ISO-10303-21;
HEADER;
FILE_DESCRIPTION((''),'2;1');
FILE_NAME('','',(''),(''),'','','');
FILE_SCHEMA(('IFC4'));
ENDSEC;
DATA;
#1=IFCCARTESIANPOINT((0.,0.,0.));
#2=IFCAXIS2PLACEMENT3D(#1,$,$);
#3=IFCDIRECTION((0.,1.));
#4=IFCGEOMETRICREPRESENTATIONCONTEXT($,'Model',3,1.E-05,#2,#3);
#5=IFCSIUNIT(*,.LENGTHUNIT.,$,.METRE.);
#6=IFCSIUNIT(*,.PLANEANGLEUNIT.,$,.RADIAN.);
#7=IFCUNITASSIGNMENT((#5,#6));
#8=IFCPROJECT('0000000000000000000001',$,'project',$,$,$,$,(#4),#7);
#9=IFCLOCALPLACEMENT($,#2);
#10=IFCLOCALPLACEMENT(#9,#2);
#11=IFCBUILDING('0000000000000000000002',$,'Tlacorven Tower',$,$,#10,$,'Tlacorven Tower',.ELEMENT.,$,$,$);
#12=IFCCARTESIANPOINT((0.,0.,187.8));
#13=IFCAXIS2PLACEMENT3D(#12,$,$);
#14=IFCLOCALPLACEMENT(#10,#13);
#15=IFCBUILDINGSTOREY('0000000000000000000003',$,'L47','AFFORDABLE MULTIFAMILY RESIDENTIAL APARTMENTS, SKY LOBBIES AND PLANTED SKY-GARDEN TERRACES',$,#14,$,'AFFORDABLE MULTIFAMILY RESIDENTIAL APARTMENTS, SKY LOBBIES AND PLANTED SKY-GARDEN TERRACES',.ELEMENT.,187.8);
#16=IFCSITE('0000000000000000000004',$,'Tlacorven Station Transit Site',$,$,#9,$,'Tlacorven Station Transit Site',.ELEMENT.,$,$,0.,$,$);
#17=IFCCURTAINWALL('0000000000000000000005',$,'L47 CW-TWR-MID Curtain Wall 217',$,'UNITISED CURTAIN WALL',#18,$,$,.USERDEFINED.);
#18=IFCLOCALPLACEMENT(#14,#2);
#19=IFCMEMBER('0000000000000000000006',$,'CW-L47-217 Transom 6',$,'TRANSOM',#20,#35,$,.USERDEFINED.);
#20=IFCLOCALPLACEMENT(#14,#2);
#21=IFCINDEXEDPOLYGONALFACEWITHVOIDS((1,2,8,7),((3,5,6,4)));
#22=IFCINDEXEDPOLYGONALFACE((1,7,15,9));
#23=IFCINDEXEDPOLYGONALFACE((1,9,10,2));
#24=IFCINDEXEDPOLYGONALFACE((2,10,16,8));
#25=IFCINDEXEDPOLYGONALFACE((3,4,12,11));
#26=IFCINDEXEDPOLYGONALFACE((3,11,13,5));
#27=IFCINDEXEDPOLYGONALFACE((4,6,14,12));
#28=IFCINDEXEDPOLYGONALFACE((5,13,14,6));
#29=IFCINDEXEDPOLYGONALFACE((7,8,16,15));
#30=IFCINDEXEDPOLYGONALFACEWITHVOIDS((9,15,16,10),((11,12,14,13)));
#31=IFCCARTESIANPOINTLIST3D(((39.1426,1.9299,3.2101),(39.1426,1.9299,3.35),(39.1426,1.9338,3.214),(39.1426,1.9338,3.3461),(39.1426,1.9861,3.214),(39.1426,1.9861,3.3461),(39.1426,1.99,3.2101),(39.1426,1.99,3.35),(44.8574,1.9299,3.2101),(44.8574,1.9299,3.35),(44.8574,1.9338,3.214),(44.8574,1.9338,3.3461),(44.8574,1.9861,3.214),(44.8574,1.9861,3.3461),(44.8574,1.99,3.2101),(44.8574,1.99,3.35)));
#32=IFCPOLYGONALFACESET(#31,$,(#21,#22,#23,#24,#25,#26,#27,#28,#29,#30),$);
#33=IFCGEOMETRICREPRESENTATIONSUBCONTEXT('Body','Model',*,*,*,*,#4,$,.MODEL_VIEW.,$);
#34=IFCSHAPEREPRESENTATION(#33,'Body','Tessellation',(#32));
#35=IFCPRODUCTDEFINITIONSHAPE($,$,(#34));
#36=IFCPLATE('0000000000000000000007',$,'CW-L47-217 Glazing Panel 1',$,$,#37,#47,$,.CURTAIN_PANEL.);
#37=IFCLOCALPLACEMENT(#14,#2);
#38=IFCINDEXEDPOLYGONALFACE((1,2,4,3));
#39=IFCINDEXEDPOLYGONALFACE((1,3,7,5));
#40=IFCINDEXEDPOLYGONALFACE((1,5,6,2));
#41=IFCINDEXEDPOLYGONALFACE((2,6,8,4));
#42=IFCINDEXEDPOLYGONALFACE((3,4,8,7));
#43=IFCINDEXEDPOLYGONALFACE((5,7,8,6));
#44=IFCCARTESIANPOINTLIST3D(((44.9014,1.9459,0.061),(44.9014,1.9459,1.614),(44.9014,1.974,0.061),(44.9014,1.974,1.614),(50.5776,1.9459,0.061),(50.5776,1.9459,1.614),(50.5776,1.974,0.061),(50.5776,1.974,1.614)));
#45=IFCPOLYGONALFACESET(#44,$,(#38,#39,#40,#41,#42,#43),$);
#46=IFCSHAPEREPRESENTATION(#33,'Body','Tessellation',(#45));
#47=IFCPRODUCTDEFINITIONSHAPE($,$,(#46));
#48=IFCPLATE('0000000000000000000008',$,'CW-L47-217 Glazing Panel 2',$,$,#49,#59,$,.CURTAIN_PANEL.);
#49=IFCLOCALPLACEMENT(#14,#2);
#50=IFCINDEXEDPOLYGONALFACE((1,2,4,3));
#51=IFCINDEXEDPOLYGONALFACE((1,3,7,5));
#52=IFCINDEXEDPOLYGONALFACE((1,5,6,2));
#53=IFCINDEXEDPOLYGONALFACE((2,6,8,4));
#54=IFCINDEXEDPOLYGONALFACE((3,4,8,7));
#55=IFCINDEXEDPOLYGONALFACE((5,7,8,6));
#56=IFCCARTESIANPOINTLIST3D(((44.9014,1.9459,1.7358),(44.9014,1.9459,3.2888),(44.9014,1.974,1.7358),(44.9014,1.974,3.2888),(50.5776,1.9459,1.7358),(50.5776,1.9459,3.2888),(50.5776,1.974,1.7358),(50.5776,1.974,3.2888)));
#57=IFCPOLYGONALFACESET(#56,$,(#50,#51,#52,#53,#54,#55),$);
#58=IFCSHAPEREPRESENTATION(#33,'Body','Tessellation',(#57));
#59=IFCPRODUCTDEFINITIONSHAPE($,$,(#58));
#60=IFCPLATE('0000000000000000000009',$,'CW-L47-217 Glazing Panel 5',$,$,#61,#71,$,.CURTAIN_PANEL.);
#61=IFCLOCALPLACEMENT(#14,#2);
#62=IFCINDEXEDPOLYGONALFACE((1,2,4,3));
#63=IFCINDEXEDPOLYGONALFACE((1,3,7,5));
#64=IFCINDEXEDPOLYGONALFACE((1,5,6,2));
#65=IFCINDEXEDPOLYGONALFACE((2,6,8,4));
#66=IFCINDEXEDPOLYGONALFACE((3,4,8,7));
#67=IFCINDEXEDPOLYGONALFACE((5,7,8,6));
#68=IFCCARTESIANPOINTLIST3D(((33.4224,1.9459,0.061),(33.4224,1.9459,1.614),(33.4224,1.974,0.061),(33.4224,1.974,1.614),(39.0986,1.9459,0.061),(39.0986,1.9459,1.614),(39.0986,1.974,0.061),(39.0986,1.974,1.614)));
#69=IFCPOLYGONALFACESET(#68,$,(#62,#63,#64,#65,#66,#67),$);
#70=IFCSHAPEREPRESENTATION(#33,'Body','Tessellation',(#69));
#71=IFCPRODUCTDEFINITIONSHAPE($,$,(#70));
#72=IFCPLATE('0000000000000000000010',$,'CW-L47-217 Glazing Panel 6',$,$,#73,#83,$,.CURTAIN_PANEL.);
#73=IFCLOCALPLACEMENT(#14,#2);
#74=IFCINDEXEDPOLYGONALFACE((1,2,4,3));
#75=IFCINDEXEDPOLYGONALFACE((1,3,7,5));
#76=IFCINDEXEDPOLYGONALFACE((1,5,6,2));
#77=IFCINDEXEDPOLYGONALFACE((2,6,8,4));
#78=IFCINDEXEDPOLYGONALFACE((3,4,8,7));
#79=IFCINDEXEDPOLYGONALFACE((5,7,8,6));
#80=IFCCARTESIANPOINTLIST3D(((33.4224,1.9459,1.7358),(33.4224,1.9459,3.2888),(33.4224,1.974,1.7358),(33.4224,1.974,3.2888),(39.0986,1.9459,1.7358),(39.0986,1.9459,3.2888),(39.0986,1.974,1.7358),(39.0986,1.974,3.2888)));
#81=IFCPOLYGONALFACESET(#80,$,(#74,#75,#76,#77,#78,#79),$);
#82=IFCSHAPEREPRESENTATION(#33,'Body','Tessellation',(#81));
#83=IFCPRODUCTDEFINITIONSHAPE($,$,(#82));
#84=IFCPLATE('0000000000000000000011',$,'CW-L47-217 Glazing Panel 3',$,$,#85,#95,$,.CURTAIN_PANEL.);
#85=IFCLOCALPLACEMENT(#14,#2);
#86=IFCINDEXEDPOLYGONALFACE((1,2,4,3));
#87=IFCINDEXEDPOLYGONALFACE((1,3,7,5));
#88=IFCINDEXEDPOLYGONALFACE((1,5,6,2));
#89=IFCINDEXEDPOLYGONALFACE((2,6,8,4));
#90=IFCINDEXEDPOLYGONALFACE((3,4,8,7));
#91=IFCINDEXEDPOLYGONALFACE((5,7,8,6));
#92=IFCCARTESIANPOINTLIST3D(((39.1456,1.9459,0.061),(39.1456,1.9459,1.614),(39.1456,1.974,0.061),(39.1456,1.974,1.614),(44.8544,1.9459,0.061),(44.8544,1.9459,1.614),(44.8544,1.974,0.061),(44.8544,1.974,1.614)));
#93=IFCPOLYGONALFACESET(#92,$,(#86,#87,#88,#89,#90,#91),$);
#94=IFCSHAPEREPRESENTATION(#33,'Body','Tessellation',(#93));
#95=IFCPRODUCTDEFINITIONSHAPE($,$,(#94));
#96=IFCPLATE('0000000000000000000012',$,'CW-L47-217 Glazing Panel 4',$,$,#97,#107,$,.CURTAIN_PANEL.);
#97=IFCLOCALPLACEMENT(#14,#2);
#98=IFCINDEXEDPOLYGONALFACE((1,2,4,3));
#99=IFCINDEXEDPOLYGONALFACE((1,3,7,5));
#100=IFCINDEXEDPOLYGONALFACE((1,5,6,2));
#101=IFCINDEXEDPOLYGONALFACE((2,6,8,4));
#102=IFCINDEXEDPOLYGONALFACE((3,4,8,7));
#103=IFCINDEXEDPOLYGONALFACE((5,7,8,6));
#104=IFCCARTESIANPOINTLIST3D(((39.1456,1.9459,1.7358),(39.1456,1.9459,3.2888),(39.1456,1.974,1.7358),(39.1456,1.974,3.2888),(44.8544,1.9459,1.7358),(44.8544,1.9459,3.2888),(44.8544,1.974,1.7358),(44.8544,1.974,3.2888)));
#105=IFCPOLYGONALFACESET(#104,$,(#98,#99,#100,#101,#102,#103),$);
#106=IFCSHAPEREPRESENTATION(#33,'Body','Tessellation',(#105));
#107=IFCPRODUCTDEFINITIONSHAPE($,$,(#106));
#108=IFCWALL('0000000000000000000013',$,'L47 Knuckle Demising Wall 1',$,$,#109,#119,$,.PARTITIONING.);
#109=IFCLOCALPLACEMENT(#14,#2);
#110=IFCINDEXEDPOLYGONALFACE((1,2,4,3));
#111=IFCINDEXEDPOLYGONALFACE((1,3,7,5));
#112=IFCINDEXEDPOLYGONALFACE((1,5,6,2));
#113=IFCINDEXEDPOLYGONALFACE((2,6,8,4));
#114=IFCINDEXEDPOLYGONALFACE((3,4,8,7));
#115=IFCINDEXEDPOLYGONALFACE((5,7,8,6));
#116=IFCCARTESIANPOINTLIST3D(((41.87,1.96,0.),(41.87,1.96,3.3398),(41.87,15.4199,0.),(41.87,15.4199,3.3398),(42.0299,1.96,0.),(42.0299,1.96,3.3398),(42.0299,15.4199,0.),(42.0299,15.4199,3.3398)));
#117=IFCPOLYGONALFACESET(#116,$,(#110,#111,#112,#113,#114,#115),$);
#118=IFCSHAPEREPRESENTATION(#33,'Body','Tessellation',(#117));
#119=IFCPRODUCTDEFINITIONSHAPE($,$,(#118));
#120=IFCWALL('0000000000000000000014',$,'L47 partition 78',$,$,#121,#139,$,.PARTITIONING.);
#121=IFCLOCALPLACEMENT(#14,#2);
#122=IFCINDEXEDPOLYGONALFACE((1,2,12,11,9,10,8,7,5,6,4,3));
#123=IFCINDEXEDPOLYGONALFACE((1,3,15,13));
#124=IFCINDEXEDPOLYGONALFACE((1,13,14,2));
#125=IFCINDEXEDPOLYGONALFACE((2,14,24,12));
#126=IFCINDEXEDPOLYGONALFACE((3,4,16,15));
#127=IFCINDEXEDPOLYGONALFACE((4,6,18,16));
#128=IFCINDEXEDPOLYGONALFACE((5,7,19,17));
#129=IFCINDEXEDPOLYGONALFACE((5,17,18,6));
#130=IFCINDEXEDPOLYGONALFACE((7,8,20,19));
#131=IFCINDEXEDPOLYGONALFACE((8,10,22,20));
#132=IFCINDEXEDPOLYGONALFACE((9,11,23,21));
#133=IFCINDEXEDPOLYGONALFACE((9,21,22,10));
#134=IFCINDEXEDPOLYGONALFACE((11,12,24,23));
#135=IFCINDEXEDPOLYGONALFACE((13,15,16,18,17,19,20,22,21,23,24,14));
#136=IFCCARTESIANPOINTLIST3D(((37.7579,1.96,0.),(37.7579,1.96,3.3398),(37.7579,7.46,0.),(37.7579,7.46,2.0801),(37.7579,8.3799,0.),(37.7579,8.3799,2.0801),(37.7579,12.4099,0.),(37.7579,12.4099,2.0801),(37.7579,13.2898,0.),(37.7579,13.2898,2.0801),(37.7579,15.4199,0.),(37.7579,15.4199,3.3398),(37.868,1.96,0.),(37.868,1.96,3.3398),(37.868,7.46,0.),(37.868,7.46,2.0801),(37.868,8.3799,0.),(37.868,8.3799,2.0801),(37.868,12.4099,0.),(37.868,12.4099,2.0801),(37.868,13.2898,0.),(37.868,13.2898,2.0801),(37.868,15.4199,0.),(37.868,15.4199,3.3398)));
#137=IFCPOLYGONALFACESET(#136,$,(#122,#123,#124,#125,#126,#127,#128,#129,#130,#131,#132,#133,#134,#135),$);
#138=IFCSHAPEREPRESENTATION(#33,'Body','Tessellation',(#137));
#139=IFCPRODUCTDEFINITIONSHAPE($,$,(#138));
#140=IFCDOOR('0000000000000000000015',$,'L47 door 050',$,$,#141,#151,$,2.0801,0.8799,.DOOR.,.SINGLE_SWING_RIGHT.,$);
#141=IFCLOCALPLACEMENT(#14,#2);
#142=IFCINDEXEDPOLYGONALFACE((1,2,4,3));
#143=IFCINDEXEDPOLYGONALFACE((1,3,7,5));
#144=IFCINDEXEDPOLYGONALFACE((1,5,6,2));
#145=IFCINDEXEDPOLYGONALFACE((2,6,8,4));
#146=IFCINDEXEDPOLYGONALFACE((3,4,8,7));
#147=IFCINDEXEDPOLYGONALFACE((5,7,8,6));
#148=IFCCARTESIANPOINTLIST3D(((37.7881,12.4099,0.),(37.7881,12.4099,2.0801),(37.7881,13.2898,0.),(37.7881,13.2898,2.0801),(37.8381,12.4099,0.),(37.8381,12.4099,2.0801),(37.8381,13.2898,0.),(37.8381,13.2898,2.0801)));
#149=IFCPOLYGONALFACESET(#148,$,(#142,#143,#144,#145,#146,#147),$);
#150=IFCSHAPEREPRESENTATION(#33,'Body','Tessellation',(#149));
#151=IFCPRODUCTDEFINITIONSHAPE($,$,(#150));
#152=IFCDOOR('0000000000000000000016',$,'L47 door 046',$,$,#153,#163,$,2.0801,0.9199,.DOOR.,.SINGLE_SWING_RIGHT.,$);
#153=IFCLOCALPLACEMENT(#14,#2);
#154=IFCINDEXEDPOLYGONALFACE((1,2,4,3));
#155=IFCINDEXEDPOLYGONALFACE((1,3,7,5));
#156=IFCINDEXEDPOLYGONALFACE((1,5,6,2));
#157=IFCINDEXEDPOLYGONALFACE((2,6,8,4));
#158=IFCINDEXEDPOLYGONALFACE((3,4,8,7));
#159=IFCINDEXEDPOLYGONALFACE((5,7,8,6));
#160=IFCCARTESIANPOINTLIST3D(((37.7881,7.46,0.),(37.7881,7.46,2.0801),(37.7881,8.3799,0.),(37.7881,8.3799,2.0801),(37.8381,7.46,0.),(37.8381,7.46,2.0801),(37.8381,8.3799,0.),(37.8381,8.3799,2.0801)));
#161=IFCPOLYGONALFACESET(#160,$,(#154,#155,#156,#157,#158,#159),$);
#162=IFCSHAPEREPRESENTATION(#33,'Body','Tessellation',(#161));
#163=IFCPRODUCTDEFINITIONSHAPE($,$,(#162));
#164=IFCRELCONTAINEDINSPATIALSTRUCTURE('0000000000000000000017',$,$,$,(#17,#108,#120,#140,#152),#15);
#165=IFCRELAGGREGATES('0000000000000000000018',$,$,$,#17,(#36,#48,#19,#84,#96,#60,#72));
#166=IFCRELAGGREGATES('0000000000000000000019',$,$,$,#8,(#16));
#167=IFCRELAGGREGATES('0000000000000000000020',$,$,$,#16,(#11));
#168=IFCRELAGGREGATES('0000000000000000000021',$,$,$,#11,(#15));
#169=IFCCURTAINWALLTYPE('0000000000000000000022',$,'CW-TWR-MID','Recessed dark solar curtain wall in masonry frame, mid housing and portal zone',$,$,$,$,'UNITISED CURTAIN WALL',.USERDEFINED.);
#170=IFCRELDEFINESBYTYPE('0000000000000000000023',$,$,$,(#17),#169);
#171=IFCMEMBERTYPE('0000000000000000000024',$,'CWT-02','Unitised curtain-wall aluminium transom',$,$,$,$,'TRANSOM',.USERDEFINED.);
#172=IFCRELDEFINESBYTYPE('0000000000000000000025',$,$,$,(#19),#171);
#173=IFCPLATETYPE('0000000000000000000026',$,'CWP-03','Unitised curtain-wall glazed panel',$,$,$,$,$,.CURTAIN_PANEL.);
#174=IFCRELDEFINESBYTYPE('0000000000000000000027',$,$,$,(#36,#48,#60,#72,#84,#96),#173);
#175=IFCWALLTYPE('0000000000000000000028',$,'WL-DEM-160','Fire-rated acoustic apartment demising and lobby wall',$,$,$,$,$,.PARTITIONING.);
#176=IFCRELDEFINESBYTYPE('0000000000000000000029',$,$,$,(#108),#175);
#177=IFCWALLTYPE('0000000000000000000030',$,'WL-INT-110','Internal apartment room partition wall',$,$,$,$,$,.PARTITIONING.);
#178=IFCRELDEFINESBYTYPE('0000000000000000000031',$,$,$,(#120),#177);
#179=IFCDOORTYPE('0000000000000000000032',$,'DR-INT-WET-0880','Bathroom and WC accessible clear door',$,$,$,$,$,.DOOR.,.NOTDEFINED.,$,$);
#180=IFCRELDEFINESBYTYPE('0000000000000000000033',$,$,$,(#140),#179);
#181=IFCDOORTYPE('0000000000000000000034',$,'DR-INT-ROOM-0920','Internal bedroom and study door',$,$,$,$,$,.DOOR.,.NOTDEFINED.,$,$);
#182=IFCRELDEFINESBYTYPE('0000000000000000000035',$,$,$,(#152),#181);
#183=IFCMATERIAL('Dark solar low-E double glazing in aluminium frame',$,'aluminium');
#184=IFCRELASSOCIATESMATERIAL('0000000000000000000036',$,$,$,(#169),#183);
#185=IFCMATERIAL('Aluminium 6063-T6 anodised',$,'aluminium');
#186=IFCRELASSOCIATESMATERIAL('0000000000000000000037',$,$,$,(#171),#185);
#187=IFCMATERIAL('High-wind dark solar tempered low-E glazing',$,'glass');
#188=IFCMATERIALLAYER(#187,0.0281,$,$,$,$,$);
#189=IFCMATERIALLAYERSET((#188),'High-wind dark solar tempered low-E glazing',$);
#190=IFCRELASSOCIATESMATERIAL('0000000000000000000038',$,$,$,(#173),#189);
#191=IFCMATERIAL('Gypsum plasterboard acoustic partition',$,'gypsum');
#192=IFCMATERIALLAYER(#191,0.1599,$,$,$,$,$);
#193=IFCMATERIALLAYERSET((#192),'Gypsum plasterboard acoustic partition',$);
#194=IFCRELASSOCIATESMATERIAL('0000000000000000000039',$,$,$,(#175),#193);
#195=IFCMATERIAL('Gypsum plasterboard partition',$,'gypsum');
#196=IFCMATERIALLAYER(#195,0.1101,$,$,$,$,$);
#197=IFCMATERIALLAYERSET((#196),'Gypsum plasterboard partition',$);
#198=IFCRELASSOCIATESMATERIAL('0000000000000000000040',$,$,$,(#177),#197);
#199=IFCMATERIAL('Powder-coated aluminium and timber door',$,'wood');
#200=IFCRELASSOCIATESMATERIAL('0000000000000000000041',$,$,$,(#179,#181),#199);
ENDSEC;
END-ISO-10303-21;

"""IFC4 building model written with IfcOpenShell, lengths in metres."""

from ifc_helpers import new_model, si_unit, direction, frame, frame_2d, origin, origin_2d, place, context, subcontext, project, spatial, rectangle, hollow_rectangle, extrude, source, transform, mapped, material, layer, layer_set, material_profile, profile_set, type_object, element, fill, aggregate, save


model = new_model("IFC4")

# Units and contexts
model_context = context("Model", 3, precision=1e-05, world=origin(), true_north=direction((0.0, 1.0)))
body_context = subcontext(model_context, "Body", "Model", "MODEL_VIEW")
ifc_project = project(units=[si_unit("LENGTHUNIT", "METRE"), si_unit("PLANEANGLEUNIT", "RADIAN")], contexts=[model_context])

# Site, building, storey
site_placement = place(None, origin())
site = spatial("IfcSite", under=ifc_project, at=site_placement, Name="Tlacorven Station Transit Site", LongName="Tlacorven Station Transit Site", CompositionType="ELEMENT", RefElevation=0.0)
building_placement = place(site_placement, origin())
building = spatial("IfcBuilding", under=site, at=building_placement, Name="Tlacorven Tower", LongName="Tlacorven Tower", CompositionType="ELEMENT")
storey_placement = place(building_placement, frame((0.0, 0.0, 187.8)))
storey = spatial("IfcBuildingStorey", under=building, at=storey_placement, Name="L47", Description="AFFORDABLE MULTIFAMILY RESIDENTIAL APARTMENTS, SKY LOBBIES AND PLANTED SKY-GARDEN TERRACES", LongName="AFFORDABLE MULTIFAMILY RESIDENTIAL APARTMENTS, SKY LOBBIES AND PLANTED SKY-GARDEN TERRACES", CompositionType="ELEMENT", Elevation=187.8)

# Curtain wall, member, plates
ifc_material_1 = material(Name="Dark solar low-E double glazing in aluminium frame", Category="aluminium")
curtain_wall_type = type_object("IfcCurtainWallType", Name="CW-TWR-MID", Description="Recessed dark solar curtain wall in masonry frame, mid housing and portal zone", ElementType="UNITISED CURTAIN WALL", PredefinedType="USERDEFINED", material=ifc_material_1)
curtain_wall_placement = place(storey_placement, origin())
curtain_wall = element("IfcCurtainWall", 1, at=curtain_wall_placement, inside=storey, type_object=curtain_wall_type, Name="L47 CW-TWR-MID Curtain Wall 217", ObjectType="UNITISED CURTAIN WALL", PredefinedType="USERDEFINED")
ifc_material_2 = material(Name="Aluminium 6063-T6 anodised", Category="aluminium")
ifc_material_profile_1 = material_profile(ifc_material_2, hollow_rectangle(XDim=0.0601, YDim=0.1399, WallThickness=0.0039, at=origin_2d()), Name="ALU TRANSOM 60X140")
ifc_profile_set_1 = profile_set([ifc_material_profile_1], Name="Aluminium 6063-T6 anodised")
member_type_1 = type_object("IfcMemberType", Name="CWT-02", Description="Unitised curtain-wall aluminium transom", ElementType="TRANSOM", PredefinedType="USERDEFINED", material=ifc_profile_set_1)
shared_shape_1 = source(origin(), body_context, "Body", "SweptSolid", [
    extrude(hollow_rectangle(XDim=0.0601, YDim=0.1399, WallThickness=0.0039, at=origin_2d()), origin(), (0.0, 0.0, 1.0), 5.7148),
])
member_1_placement = place(storey_placement, frame((44.8574, 1.96, 3.28), z_axis=(-1.0, 0.0, 0.0), x_axis=(0.0, -1.0, 0.0)))
member_1 = element("IfcMember", 2, at=member_1_placement, type_object=member_type_1, Name="CW-L47-217 Transom 6", ObjectType="TRANSOM", PredefinedType="USERDEFINED", context=body_context, shape_type="MappedRepresentation", body=[
    mapped(shared_shape_1, transform((0.0, 0.0, 0.0), scale=1.0)),
])
ifc_material_3 = material(Name="High-wind dark solar tempered low-E glazing", Category="glass")
ifc_layer_1 = layer(ifc_material_3, 0.0281)
ifc_layer_set_1 = layer_set([ifc_layer_1], Name="High-wind dark solar tempered low-E glazing")
plate_type = type_object("IfcPlateType", Name="CWP-03", Description="Unitised curtain-wall glazed panel", PredefinedType="CURTAIN_PANEL", material=ifc_layer_set_1)
shared_shape_2 = source(origin(), body_context, "Body", "SweptSolid", [
    extrude(rectangle(XDim=5.6763, YDim=0.0281, at=origin_2d()), origin(), (0.0, 0.0, 1.0), 1.553),
])
plate_1_placement = place(storey_placement, frame((47.7395, 1.96, 0.061), z_axis=(0.0, 0.0, 1.0), x_axis=(-1.0, 0.0, 0.0)))
plate_1 = element("IfcPlate", 3, at=plate_1_placement, type_object=plate_type, Name="CW-L47-217 Glazing Panel 1", PredefinedType="CURTAIN_PANEL", context=body_context, shape_type="MappedRepresentation", body=[
    mapped(shared_shape_2, transform((0.0, 0.0, 0.0), scale=1.0)),
])
plate_2_placement = place(storey_placement, frame((47.7395, 1.96, 1.7358), z_axis=(0.0, 0.0, 1.0), x_axis=(-1.0, 0.0, 0.0)))
plate_2 = element("IfcPlate", 4, at=plate_2_placement, type_object=plate_type, Name="CW-L47-217 Glazing Panel 2", PredefinedType="CURTAIN_PANEL", context=body_context, shape_type="MappedRepresentation", body=[
    mapped(shared_shape_2, transform((0.0, 0.0, 0.0), scale=1.0)),
])
plate_3_placement = place(storey_placement, frame((36.2605, 1.96, 0.061), z_axis=(0.0, 0.0, 1.0), x_axis=(-1.0, 0.0, 0.0)))
plate_3 = element("IfcPlate", 5, at=plate_3_placement, type_object=plate_type, Name="CW-L47-217 Glazing Panel 5", PredefinedType="CURTAIN_PANEL", context=body_context, shape_type="MappedRepresentation", body=[
    mapped(shared_shape_2, transform((0.0, 0.0, 0.0), scale=1.0)),
])
plate_4_placement = place(storey_placement, frame((36.2605, 1.96, 1.7358), z_axis=(0.0, 0.0, 1.0), x_axis=(-1.0, 0.0, 0.0)))
plate_4 = element("IfcPlate", 6, at=plate_4_placement, type_object=plate_type, Name="CW-L47-217 Glazing Panel 6", PredefinedType="CURTAIN_PANEL", context=body_context, shape_type="MappedRepresentation", body=[
    mapped(shared_shape_2, transform((0.0, 0.0, 0.0), scale=1.0)),
])
shared_shape_3 = source(origin(), body_context, "Body", "SweptSolid", [
    extrude(rectangle(XDim=5.7087, YDim=0.0281, at=origin_2d()), origin(), (0.0, 0.0, 1.0), 1.553),
])
plate_5_placement = place(storey_placement, frame((42.0, 1.96, 0.061), z_axis=(0.0, 0.0, 1.0), x_axis=(-1.0, 0.0, 0.0)))
plate_5 = element("IfcPlate", 7, at=plate_5_placement, type_object=plate_type, Name="CW-L47-217 Glazing Panel 3", PredefinedType="CURTAIN_PANEL", context=body_context, shape_type="MappedRepresentation", body=[
    mapped(shared_shape_3, transform((0.0, 0.0, 0.0), scale=1.0)),
])
plate_6_placement = place(storey_placement, frame((42.0, 1.96, 1.7358), z_axis=(0.0, 0.0, 1.0), x_axis=(-1.0, 0.0, 0.0)))
plate_6 = element("IfcPlate", 8, at=plate_6_placement, type_object=plate_type, Name="CW-L47-217 Glazing Panel 4", PredefinedType="CURTAIN_PANEL", context=body_context, shape_type="MappedRepresentation", body=[
    mapped(shared_shape_3, transform((0.0, 0.0, 0.0), scale=1.0)),
])
aggregate(curtain_wall, [plate_1, plate_2, member_1, plate_5, plate_6, plate_3, plate_4])

# Wall
ifc_material_4 = material(Name="Gypsum plasterboard acoustic partition", Category="gypsum")
ifc_layer_2 = layer(ifc_material_4, 0.1599)
ifc_layer_set_2 = layer_set([ifc_layer_2], Name="Gypsum plasterboard acoustic partition")
wall_type_1 = type_object("IfcWallType", Name="WL-DEM-160", Description="Fire-rated acoustic apartment demising and lobby wall", PredefinedType="PARTITIONING", material=ifc_layer_set_2)
wall_1_placement = place(storey_placement, frame((41.95, 1.96, 0.0), z_axis=(0.0, 0.0, 1.0), x_axis=(0.0, 1.0, 0.0)))
element("IfcWall", 9, at=wall_1_placement, inside=storey, type_object=wall_type_1, Name="L47 Knuckle Demising Wall 1", PredefinedType="PARTITIONING", context=body_context, shape_type="SweptSolid", body=[
    extrude(rectangle(XDim=13.46, YDim=0.1599, at=frame_2d((6.73, 0.0))), origin(), (0.0, 0.0, 1.0), 3.3398),
])

# Wall, openings, doors
ifc_material_5 = material(Name="Gypsum plasterboard partition", Category="gypsum")
ifc_layer_3 = layer(ifc_material_5, 0.1101)
ifc_layer_set_3 = layer_set([ifc_layer_3], Name="Gypsum plasterboard partition")
wall_type_2 = type_object("IfcWallType", Name="WL-INT-110", Description="Internal apartment room partition wall", PredefinedType="PARTITIONING", material=ifc_layer_set_3)
wall_2_placement = place(storey_placement, frame((37.813, 1.96, 0.0), z_axis=(0.0, 0.0, 1.0), x_axis=(0.0, 1.0, 0.0)))
wall_2 = element("IfcWall", 10, at=wall_2_placement, inside=storey, type_object=wall_type_2, Name="L47 partition 78", PredefinedType="PARTITIONING", context=body_context, shape_type="SweptSolid", body=[
    extrude(rectangle(XDim=13.46, YDim=0.1101, at=frame_2d((6.73, 0.0))), origin(), (0.0, 0.0, 1.0), 3.3398),
])
opening_1_placement = place(wall_2_placement, frame((5.5, 0.0, 0.0)))
opening_1 = element("IfcOpeningElement", 11, at=opening_1_placement, cuts=wall_2, PredefinedType="OPENING", context=body_context, shape_type="SweptSolid", body=[
    extrude(rectangle(XDim=0.9199, YDim=2.0801, at=frame_2d((0.46, 1.04))), frame((0.0, 0.0649, 0.0), z_axis=(0.0, -1.0, 0.0), x_axis=(1.0, 0.0, 0.0)), (0.0, 0.0, 1.0), 0.1301),
])
opening_2_placement = place(wall_2_placement, frame((10.45, 0.0, 0.0)))
opening_2 = element("IfcOpeningElement", 12, at=opening_2_placement, cuts=wall_2, PredefinedType="OPENING", context=body_context, shape_type="SweptSolid", body=[
    extrude(rectangle(XDim=0.8799, YDim=2.0801, at=frame_2d((0.4399, 1.04))), frame((0.0, 0.0649, 0.0), z_axis=(0.0, -1.0, 0.0), x_axis=(1.0, 0.0, 0.0)), (0.0, 0.0, 1.0), 0.1301),
])
ifc_material_6 = material(Name="Powder-coated aluminium and timber door", Category="wood")
door_type_1 = type_object("IfcDoorType", Name="DR-INT-WET-0880", Description="Bathroom and WC accessible clear door", OperationType="NOTDEFINED", PredefinedType="DOOR", material=ifc_material_6)
shared_shape_4 = source(origin(), body_context, "Body", "SweptSolid", [
    extrude(rectangle(XDim=0.8799, YDim=2.0801, at=frame_2d((0.4399, 1.04))), frame((0.0, 0.0249, 0.0), z_axis=(0.0, -1.0, 0.0), x_axis=(1.0, 0.0, 0.0)), (0.0, 0.0, 1.0), 0.05),
])
door_1_placement = place(opening_2_placement, origin())
door_1 = element("IfcDoor", 13, at=door_1_placement, inside=storey, type_object=door_type_1, Name="L47 door 050", OperationType="SINGLE_SWING_RIGHT", OverallHeight=2.0801, OverallWidth=0.8799, PredefinedType="DOOR", context=body_context, shape_type="MappedRepresentation", body=[
    mapped(shared_shape_4, transform((0.0, 0.0, 0.0), scale=1.0)),
])
fill(opening_2, door_1)
door_type_2 = type_object("IfcDoorType", Name="DR-INT-ROOM-0920", Description="Internal bedroom and study door", OperationType="NOTDEFINED", PredefinedType="DOOR", material=ifc_material_6)
shared_shape_5 = source(origin(), body_context, "Body", "SweptSolid", [
    extrude(rectangle(XDim=0.9199, YDim=2.0801, at=frame_2d((0.46, 1.04))), frame((0.0, 0.0249, 0.0), z_axis=(0.0, -1.0, 0.0), x_axis=(1.0, 0.0, 0.0)), (0.0, 0.0, 1.0), 0.05),
])
door_2_placement = place(opening_1_placement, origin())
door_2 = element("IfcDoor", 14, at=door_2_placement, inside=storey, type_object=door_type_2, Name="L47 door 046", OperationType="SINGLE_SWING_RIGHT", OverallHeight=2.0801, OverallWidth=0.9199, PredefinedType="DOOR", context=body_context, shape_type="MappedRepresentation", body=[
    mapped(shared_shape_5, transform((0.0, 0.0, 0.0), scale=1.0)),
])
fill(opening_1, door_2)

save(model, "model.ifc")
